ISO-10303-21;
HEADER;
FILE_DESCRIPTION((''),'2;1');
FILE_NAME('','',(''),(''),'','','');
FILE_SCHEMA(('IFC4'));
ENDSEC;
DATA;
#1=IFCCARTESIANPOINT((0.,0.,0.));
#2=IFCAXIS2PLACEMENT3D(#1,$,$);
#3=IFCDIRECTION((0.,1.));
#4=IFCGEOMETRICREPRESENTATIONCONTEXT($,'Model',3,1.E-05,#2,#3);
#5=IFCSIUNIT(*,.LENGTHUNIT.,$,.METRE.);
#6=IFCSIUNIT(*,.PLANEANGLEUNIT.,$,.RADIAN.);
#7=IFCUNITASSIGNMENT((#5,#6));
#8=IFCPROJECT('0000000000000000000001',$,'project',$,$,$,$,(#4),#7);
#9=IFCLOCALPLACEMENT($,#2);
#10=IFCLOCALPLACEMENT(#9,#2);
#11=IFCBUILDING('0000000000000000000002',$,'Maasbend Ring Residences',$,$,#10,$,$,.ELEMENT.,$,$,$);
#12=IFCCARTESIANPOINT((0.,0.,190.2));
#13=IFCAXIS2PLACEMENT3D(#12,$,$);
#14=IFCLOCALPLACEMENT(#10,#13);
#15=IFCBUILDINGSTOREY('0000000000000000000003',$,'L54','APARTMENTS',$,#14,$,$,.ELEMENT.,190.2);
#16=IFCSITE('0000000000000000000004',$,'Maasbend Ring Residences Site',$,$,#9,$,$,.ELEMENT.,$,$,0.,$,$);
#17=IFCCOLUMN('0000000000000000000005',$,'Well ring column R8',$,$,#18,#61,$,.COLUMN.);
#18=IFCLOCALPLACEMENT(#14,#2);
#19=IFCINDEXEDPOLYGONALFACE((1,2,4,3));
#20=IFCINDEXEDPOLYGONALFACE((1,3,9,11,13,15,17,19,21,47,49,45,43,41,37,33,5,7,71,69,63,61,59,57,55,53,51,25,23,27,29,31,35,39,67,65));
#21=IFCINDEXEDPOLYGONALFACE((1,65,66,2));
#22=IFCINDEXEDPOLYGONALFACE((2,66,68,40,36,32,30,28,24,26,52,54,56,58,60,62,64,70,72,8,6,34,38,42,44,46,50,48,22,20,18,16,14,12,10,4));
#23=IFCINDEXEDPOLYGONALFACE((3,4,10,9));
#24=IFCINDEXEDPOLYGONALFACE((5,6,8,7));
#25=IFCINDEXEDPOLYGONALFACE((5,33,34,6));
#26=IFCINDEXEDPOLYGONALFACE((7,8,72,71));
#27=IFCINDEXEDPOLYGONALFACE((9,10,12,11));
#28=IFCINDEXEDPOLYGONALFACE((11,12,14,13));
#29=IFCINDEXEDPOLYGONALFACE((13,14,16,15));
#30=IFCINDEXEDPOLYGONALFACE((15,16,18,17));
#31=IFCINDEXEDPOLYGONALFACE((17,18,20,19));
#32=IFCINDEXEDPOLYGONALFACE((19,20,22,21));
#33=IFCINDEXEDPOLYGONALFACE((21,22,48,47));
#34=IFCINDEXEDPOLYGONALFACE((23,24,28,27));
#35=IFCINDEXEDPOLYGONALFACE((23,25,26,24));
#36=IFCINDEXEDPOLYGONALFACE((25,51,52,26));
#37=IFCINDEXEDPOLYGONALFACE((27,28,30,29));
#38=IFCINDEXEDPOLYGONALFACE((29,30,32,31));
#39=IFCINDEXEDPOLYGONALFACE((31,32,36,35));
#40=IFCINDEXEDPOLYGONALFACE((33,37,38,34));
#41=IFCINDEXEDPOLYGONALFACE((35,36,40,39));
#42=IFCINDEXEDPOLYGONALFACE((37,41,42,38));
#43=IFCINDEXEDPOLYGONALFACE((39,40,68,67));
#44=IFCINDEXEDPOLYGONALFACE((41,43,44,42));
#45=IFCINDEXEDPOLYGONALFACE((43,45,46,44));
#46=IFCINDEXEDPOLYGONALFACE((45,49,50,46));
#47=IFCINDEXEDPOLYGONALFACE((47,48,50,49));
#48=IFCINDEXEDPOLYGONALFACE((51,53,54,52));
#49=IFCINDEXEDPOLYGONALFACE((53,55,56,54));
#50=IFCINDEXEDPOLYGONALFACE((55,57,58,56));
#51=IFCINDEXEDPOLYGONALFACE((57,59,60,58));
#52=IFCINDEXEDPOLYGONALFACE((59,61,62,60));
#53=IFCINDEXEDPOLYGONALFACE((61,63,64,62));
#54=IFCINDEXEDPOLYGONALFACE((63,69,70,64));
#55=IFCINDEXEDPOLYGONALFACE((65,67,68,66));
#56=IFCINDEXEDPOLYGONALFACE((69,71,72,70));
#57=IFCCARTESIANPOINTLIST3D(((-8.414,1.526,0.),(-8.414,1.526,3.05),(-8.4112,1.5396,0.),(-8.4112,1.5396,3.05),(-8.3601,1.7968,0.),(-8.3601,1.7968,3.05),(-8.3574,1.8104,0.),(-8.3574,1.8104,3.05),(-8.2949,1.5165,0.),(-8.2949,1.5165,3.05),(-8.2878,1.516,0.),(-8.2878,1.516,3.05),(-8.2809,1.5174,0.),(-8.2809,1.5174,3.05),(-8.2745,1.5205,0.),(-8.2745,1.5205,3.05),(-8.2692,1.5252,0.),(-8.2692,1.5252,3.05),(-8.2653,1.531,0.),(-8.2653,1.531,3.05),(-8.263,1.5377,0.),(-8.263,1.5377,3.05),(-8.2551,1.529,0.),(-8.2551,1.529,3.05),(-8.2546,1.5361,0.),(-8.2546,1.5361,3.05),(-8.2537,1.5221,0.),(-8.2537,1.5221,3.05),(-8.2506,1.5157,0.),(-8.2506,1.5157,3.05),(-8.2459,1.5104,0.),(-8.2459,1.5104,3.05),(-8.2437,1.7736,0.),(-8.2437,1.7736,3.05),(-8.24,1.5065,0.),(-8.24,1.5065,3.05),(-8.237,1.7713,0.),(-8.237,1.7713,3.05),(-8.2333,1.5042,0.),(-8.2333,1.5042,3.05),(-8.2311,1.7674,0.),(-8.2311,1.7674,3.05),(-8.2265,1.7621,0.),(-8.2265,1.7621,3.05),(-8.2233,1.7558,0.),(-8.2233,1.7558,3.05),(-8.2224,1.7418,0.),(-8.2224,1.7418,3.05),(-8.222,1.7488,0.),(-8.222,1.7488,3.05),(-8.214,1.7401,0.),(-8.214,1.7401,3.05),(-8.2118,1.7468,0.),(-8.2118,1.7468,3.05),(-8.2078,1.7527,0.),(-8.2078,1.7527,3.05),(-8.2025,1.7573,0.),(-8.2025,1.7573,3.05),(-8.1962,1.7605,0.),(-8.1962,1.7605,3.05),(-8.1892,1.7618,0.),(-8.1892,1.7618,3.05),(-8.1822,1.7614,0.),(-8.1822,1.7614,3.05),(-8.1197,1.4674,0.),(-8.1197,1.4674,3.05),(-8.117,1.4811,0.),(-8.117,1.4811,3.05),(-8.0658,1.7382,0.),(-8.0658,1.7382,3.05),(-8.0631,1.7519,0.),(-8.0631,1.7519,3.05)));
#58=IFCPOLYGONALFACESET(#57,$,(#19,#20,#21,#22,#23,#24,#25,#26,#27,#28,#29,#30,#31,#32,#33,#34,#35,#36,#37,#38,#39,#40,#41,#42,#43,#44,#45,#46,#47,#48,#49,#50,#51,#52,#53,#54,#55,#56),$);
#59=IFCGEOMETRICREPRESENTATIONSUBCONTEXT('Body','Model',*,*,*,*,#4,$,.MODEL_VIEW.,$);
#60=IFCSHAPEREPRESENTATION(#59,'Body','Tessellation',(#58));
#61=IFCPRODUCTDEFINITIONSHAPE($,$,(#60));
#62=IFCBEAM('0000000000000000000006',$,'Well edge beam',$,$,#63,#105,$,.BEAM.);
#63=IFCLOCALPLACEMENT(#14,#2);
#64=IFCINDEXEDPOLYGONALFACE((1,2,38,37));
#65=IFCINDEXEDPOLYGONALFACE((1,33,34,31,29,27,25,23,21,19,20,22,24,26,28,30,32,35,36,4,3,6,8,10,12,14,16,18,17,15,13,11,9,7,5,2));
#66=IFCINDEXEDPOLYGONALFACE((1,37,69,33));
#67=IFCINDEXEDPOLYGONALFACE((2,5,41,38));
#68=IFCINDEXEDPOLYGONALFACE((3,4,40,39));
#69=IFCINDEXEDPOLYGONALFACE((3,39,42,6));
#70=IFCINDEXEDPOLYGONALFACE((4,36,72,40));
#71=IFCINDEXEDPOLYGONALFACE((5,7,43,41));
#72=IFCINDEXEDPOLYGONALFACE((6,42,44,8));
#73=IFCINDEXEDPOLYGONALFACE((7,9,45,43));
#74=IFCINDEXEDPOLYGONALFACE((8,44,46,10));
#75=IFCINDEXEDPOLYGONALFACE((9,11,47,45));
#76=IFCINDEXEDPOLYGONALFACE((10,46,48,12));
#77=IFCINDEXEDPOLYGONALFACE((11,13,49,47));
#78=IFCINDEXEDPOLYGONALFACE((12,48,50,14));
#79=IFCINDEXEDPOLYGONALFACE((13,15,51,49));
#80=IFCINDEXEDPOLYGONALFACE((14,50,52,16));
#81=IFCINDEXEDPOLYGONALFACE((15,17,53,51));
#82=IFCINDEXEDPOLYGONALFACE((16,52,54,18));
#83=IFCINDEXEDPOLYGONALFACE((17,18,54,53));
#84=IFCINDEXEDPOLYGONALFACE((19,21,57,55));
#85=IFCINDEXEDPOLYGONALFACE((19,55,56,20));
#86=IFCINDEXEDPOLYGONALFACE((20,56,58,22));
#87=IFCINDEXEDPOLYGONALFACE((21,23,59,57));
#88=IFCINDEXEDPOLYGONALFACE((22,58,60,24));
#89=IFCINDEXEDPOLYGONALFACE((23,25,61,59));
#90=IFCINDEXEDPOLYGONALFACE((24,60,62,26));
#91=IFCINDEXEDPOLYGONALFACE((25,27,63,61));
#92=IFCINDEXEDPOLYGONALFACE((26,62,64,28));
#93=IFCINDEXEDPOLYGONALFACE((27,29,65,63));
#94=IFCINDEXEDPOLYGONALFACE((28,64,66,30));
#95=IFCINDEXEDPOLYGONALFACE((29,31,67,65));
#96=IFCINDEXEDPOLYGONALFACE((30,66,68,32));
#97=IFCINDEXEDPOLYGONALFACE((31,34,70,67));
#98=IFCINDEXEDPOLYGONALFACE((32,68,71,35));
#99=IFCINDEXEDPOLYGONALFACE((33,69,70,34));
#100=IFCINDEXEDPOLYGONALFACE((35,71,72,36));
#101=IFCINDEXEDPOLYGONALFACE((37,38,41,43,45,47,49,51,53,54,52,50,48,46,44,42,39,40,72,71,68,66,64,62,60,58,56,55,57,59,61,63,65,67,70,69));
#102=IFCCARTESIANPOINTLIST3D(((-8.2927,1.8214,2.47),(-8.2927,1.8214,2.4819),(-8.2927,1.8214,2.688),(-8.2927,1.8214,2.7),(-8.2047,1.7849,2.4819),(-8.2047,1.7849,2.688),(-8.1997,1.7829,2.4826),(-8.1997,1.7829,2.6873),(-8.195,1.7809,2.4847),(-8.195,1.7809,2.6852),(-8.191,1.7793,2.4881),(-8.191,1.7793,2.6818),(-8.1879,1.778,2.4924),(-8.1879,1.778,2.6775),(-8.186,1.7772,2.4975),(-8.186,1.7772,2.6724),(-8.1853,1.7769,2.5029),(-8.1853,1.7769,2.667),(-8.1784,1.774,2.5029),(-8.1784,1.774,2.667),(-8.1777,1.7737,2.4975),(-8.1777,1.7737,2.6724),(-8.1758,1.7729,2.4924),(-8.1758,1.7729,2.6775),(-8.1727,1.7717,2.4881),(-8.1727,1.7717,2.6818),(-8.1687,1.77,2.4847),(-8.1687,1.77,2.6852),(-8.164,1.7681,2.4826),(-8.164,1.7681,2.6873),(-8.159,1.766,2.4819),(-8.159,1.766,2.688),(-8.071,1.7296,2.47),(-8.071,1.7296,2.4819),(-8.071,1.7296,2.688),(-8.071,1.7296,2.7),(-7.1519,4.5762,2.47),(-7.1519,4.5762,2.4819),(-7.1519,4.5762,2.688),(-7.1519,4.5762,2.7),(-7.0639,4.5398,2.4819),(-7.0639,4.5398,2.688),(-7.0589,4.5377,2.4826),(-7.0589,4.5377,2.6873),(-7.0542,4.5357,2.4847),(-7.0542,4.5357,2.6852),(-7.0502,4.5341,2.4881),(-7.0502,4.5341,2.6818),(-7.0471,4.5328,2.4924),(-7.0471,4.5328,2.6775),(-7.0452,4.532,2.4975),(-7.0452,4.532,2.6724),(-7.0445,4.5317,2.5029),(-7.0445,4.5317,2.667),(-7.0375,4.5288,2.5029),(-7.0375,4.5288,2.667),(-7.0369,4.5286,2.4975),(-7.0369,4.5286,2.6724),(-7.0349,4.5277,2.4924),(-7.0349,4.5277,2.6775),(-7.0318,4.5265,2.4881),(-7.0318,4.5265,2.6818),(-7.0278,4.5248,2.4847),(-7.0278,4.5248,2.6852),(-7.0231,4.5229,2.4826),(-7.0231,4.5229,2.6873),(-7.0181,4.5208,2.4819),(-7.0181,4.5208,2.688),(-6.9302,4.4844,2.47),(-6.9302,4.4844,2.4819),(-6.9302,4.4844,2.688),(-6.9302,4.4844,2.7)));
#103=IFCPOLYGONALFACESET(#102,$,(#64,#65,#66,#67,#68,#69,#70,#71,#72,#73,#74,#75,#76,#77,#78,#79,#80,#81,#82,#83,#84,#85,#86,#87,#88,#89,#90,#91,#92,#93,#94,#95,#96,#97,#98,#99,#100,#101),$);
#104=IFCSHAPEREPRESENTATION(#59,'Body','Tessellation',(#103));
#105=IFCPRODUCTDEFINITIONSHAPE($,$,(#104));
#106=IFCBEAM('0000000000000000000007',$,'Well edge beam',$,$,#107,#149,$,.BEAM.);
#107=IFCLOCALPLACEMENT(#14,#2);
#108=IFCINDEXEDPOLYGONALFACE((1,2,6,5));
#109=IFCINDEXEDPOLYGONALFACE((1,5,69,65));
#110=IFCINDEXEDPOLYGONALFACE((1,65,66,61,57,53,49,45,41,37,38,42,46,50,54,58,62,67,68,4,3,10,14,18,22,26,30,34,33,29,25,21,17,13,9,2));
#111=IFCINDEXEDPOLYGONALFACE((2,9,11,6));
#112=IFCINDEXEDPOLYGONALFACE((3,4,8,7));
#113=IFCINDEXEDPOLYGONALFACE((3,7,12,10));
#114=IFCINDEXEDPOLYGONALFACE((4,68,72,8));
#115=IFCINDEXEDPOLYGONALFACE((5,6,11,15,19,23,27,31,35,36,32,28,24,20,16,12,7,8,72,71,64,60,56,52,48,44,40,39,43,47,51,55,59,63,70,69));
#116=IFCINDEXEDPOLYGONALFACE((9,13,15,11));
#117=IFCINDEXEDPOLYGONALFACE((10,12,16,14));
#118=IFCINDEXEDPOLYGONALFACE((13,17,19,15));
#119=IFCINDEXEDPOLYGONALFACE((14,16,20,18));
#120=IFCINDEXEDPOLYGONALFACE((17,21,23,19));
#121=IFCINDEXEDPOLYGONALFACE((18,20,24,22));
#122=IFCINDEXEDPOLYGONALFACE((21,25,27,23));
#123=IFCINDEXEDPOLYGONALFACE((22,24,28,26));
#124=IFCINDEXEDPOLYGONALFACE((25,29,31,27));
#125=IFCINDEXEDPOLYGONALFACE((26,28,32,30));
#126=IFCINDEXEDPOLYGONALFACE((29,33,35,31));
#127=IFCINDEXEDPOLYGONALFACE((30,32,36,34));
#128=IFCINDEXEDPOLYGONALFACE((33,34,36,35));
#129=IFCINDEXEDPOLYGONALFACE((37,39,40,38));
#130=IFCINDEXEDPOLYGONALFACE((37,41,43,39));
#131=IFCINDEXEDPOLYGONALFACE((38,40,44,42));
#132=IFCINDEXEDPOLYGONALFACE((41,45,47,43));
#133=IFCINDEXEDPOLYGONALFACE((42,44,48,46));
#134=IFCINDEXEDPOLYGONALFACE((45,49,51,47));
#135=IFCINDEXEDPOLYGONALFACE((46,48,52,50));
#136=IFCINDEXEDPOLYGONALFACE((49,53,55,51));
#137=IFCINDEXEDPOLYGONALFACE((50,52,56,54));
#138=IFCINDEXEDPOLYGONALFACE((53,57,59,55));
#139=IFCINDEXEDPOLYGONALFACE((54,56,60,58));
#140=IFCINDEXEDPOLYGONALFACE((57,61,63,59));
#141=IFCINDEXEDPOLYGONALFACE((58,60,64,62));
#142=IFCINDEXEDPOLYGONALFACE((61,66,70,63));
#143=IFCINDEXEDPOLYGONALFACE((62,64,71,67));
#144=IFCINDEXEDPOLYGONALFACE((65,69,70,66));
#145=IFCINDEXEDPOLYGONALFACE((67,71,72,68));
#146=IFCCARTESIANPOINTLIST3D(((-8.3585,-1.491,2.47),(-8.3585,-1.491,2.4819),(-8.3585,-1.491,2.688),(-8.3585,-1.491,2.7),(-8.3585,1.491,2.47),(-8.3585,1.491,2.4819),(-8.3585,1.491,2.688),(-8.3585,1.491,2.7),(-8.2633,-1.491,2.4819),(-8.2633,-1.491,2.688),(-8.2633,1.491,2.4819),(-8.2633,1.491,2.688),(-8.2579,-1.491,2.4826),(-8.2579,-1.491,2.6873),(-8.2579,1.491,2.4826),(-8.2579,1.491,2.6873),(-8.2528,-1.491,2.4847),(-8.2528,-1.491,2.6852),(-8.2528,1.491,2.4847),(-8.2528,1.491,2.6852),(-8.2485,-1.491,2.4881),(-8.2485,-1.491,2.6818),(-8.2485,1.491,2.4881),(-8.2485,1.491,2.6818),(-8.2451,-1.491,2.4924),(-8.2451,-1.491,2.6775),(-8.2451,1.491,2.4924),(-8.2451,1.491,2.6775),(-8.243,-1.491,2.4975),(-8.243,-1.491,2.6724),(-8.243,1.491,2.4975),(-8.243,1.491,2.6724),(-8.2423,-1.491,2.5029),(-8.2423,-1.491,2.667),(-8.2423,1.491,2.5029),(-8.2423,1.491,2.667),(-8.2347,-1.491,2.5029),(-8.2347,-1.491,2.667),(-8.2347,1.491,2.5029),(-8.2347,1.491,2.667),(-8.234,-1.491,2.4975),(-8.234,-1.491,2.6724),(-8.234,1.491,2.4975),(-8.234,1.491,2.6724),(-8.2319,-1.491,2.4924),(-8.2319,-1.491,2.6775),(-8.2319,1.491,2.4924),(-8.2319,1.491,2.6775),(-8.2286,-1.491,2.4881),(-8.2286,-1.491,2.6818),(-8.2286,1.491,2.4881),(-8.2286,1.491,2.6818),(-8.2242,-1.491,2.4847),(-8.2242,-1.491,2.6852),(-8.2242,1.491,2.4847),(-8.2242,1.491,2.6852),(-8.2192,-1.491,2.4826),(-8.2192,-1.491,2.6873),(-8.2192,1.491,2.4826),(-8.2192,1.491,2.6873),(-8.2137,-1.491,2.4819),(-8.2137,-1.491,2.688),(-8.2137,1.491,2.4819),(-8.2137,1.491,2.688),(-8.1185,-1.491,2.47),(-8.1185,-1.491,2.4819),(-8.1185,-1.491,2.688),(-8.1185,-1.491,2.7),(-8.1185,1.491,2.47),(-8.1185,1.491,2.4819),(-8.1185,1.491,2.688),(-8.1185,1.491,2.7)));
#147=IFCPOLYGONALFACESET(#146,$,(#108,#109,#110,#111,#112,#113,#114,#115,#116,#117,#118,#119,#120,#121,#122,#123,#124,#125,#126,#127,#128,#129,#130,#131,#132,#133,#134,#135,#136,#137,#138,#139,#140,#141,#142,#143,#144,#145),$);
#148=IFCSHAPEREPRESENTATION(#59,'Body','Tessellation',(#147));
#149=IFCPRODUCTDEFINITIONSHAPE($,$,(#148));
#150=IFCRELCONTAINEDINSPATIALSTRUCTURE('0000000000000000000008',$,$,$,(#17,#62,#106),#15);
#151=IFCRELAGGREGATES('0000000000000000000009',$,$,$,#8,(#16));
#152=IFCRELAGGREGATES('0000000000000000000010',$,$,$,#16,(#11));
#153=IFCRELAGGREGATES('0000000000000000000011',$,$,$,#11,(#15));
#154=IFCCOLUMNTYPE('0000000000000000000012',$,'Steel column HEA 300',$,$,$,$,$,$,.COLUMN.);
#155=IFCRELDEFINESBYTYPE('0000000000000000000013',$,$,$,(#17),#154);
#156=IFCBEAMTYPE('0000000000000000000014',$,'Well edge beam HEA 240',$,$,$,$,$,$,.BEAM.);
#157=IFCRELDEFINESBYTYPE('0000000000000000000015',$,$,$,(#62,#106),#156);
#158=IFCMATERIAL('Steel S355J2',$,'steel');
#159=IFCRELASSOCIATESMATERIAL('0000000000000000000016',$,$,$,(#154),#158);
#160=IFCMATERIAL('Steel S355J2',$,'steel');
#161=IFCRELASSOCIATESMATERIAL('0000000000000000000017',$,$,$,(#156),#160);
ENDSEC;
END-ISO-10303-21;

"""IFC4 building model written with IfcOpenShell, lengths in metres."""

from ifc_helpers import new_model, si_unit, direction, frame, origin, origin_2d, place, context, subcontext, project, spatial, i_section, extrude, material, material_profile, profile_set, type_object, element, save


model = new_model("IFC4")

# Units and contexts
model_context = context("Model", 3, precision=1e-05, world=origin(), true_north=direction((0.0, 1.0)))
body_context = subcontext(model_context, "Body", "Model", "MODEL_VIEW")
ifc_project = project(units=[si_unit("LENGTHUNIT", "METRE"), si_unit("PLANEANGLEUNIT", "RADIAN")], contexts=[model_context])

# Site, building, storey
site_placement = place(None, origin())
site = spatial("IfcSite", under=ifc_project, at=site_placement, Name="Maasbend Ring Residences Site", CompositionType="ELEMENT", RefElevation=0.0)
building_placement = place(site_placement, origin())
building = spatial("IfcBuilding", under=site, at=building_placement, Name="Maasbend Ring Residences", CompositionType="ELEMENT")
storey_placement = place(building_placement, frame((0.0, 0.0, 190.2)))
storey = spatial("IfcBuildingStorey", under=building, at=storey_placement, Name="L54", Description="APARTMENTS", CompositionType="ELEMENT", Elevation=190.2)

# Column
ifc_material_1 = material(Name="Steel S355J2", Category="steel")
ifc_material_profile_1 = material_profile(ifc_material_1, i_section(OverallWidth=0.3, OverallDepth=0.29, WebThickness=0.0085, FlangeThickness=0.0139, FilletRadius=0.0271, at=origin_2d()), Name="HEA 300")
ifc_profile_set_1 = profile_set([ifc_material_profile_1], Name="Steel S355J2")
column_type = type_object("IfcColumnType", Name="Steel column HEA 300", PredefinedType="COLUMN", material=ifc_profile_set_1)
column_placement = place(storey_placement, frame((-8.2385, 1.6389, 0.0), z_axis=(0.0, 0.0, 1.0), x_axis=(-0.980785, 0.19509, 0.0)))
element("IfcColumn", 1, at=column_placement, inside=storey, type_object=column_type, Name="Well ring column R8", PredefinedType="COLUMN", context=body_context, shape_type="SweptSolid", body=[
    extrude(i_section(OverallWidth=0.3, OverallDepth=0.29, WebThickness=0.0085, FlangeThickness=0.0139, FilletRadius=0.0271, at=origin_2d()), origin(), (0.0, 0.0, 1.0), 3.05),
])

# Beams
ifc_material_2 = material(Name="Steel S355J2", Category="steel")
ifc_material_profile_2 = material_profile(ifc_material_2, i_section(OverallWidth=0.24, OverallDepth=0.23, WebThickness=0.0076, FlangeThickness=0.012, FilletRadius=0.021, at=origin_2d()), Name="HEA 240")
ifc_profile_set_2 = profile_set([ifc_material_profile_2], Name="Steel S355J2")
beam_type = type_object("IfcBeamType", Name="Well edge beam HEA 240", PredefinedType="BEAM", material=ifc_profile_set_2)
beam_1_placement = place(storey_placement, frame((-7.041, 4.5303, 2.585), z_axis=(-0.382615, -0.923908, 0.0), x_axis=(0.923908, -0.382615, 0.0)))
element("IfcBeam", 2, at=beam_1_placement, inside=storey, type_object=beam_type, Name="Well edge beam", PredefinedType="BEAM", context=body_context, shape_type="SweptSolid", body=[
    extrude(i_section(OverallWidth=0.24, OverallDepth=0.23, WebThickness=0.0076, FlangeThickness=0.012, FilletRadius=0.021, at=origin_2d()), origin(), (0.0, 0.0, 1.0), 2.9817),
])
beam_2_placement = place(storey_placement, frame((-8.2385, 1.491, 2.585), z_axis=(0.0, -1.0, 0.0), x_axis=(1.0, 0.0, 0.0)))
element("IfcBeam", 3, at=beam_2_placement, inside=storey, type_object=beam_type, Name="Well edge beam", PredefinedType="BEAM", context=body_context, shape_type="SweptSolid", body=[
    extrude(i_section(OverallWidth=0.24, OverallDepth=0.23, WebThickness=0.0076, FlangeThickness=0.012, FilletRadius=0.021, at=origin_2d()), origin(), (0.0, 0.0, 1.0), 2.9819),
])

save(model, "model.ifc")
